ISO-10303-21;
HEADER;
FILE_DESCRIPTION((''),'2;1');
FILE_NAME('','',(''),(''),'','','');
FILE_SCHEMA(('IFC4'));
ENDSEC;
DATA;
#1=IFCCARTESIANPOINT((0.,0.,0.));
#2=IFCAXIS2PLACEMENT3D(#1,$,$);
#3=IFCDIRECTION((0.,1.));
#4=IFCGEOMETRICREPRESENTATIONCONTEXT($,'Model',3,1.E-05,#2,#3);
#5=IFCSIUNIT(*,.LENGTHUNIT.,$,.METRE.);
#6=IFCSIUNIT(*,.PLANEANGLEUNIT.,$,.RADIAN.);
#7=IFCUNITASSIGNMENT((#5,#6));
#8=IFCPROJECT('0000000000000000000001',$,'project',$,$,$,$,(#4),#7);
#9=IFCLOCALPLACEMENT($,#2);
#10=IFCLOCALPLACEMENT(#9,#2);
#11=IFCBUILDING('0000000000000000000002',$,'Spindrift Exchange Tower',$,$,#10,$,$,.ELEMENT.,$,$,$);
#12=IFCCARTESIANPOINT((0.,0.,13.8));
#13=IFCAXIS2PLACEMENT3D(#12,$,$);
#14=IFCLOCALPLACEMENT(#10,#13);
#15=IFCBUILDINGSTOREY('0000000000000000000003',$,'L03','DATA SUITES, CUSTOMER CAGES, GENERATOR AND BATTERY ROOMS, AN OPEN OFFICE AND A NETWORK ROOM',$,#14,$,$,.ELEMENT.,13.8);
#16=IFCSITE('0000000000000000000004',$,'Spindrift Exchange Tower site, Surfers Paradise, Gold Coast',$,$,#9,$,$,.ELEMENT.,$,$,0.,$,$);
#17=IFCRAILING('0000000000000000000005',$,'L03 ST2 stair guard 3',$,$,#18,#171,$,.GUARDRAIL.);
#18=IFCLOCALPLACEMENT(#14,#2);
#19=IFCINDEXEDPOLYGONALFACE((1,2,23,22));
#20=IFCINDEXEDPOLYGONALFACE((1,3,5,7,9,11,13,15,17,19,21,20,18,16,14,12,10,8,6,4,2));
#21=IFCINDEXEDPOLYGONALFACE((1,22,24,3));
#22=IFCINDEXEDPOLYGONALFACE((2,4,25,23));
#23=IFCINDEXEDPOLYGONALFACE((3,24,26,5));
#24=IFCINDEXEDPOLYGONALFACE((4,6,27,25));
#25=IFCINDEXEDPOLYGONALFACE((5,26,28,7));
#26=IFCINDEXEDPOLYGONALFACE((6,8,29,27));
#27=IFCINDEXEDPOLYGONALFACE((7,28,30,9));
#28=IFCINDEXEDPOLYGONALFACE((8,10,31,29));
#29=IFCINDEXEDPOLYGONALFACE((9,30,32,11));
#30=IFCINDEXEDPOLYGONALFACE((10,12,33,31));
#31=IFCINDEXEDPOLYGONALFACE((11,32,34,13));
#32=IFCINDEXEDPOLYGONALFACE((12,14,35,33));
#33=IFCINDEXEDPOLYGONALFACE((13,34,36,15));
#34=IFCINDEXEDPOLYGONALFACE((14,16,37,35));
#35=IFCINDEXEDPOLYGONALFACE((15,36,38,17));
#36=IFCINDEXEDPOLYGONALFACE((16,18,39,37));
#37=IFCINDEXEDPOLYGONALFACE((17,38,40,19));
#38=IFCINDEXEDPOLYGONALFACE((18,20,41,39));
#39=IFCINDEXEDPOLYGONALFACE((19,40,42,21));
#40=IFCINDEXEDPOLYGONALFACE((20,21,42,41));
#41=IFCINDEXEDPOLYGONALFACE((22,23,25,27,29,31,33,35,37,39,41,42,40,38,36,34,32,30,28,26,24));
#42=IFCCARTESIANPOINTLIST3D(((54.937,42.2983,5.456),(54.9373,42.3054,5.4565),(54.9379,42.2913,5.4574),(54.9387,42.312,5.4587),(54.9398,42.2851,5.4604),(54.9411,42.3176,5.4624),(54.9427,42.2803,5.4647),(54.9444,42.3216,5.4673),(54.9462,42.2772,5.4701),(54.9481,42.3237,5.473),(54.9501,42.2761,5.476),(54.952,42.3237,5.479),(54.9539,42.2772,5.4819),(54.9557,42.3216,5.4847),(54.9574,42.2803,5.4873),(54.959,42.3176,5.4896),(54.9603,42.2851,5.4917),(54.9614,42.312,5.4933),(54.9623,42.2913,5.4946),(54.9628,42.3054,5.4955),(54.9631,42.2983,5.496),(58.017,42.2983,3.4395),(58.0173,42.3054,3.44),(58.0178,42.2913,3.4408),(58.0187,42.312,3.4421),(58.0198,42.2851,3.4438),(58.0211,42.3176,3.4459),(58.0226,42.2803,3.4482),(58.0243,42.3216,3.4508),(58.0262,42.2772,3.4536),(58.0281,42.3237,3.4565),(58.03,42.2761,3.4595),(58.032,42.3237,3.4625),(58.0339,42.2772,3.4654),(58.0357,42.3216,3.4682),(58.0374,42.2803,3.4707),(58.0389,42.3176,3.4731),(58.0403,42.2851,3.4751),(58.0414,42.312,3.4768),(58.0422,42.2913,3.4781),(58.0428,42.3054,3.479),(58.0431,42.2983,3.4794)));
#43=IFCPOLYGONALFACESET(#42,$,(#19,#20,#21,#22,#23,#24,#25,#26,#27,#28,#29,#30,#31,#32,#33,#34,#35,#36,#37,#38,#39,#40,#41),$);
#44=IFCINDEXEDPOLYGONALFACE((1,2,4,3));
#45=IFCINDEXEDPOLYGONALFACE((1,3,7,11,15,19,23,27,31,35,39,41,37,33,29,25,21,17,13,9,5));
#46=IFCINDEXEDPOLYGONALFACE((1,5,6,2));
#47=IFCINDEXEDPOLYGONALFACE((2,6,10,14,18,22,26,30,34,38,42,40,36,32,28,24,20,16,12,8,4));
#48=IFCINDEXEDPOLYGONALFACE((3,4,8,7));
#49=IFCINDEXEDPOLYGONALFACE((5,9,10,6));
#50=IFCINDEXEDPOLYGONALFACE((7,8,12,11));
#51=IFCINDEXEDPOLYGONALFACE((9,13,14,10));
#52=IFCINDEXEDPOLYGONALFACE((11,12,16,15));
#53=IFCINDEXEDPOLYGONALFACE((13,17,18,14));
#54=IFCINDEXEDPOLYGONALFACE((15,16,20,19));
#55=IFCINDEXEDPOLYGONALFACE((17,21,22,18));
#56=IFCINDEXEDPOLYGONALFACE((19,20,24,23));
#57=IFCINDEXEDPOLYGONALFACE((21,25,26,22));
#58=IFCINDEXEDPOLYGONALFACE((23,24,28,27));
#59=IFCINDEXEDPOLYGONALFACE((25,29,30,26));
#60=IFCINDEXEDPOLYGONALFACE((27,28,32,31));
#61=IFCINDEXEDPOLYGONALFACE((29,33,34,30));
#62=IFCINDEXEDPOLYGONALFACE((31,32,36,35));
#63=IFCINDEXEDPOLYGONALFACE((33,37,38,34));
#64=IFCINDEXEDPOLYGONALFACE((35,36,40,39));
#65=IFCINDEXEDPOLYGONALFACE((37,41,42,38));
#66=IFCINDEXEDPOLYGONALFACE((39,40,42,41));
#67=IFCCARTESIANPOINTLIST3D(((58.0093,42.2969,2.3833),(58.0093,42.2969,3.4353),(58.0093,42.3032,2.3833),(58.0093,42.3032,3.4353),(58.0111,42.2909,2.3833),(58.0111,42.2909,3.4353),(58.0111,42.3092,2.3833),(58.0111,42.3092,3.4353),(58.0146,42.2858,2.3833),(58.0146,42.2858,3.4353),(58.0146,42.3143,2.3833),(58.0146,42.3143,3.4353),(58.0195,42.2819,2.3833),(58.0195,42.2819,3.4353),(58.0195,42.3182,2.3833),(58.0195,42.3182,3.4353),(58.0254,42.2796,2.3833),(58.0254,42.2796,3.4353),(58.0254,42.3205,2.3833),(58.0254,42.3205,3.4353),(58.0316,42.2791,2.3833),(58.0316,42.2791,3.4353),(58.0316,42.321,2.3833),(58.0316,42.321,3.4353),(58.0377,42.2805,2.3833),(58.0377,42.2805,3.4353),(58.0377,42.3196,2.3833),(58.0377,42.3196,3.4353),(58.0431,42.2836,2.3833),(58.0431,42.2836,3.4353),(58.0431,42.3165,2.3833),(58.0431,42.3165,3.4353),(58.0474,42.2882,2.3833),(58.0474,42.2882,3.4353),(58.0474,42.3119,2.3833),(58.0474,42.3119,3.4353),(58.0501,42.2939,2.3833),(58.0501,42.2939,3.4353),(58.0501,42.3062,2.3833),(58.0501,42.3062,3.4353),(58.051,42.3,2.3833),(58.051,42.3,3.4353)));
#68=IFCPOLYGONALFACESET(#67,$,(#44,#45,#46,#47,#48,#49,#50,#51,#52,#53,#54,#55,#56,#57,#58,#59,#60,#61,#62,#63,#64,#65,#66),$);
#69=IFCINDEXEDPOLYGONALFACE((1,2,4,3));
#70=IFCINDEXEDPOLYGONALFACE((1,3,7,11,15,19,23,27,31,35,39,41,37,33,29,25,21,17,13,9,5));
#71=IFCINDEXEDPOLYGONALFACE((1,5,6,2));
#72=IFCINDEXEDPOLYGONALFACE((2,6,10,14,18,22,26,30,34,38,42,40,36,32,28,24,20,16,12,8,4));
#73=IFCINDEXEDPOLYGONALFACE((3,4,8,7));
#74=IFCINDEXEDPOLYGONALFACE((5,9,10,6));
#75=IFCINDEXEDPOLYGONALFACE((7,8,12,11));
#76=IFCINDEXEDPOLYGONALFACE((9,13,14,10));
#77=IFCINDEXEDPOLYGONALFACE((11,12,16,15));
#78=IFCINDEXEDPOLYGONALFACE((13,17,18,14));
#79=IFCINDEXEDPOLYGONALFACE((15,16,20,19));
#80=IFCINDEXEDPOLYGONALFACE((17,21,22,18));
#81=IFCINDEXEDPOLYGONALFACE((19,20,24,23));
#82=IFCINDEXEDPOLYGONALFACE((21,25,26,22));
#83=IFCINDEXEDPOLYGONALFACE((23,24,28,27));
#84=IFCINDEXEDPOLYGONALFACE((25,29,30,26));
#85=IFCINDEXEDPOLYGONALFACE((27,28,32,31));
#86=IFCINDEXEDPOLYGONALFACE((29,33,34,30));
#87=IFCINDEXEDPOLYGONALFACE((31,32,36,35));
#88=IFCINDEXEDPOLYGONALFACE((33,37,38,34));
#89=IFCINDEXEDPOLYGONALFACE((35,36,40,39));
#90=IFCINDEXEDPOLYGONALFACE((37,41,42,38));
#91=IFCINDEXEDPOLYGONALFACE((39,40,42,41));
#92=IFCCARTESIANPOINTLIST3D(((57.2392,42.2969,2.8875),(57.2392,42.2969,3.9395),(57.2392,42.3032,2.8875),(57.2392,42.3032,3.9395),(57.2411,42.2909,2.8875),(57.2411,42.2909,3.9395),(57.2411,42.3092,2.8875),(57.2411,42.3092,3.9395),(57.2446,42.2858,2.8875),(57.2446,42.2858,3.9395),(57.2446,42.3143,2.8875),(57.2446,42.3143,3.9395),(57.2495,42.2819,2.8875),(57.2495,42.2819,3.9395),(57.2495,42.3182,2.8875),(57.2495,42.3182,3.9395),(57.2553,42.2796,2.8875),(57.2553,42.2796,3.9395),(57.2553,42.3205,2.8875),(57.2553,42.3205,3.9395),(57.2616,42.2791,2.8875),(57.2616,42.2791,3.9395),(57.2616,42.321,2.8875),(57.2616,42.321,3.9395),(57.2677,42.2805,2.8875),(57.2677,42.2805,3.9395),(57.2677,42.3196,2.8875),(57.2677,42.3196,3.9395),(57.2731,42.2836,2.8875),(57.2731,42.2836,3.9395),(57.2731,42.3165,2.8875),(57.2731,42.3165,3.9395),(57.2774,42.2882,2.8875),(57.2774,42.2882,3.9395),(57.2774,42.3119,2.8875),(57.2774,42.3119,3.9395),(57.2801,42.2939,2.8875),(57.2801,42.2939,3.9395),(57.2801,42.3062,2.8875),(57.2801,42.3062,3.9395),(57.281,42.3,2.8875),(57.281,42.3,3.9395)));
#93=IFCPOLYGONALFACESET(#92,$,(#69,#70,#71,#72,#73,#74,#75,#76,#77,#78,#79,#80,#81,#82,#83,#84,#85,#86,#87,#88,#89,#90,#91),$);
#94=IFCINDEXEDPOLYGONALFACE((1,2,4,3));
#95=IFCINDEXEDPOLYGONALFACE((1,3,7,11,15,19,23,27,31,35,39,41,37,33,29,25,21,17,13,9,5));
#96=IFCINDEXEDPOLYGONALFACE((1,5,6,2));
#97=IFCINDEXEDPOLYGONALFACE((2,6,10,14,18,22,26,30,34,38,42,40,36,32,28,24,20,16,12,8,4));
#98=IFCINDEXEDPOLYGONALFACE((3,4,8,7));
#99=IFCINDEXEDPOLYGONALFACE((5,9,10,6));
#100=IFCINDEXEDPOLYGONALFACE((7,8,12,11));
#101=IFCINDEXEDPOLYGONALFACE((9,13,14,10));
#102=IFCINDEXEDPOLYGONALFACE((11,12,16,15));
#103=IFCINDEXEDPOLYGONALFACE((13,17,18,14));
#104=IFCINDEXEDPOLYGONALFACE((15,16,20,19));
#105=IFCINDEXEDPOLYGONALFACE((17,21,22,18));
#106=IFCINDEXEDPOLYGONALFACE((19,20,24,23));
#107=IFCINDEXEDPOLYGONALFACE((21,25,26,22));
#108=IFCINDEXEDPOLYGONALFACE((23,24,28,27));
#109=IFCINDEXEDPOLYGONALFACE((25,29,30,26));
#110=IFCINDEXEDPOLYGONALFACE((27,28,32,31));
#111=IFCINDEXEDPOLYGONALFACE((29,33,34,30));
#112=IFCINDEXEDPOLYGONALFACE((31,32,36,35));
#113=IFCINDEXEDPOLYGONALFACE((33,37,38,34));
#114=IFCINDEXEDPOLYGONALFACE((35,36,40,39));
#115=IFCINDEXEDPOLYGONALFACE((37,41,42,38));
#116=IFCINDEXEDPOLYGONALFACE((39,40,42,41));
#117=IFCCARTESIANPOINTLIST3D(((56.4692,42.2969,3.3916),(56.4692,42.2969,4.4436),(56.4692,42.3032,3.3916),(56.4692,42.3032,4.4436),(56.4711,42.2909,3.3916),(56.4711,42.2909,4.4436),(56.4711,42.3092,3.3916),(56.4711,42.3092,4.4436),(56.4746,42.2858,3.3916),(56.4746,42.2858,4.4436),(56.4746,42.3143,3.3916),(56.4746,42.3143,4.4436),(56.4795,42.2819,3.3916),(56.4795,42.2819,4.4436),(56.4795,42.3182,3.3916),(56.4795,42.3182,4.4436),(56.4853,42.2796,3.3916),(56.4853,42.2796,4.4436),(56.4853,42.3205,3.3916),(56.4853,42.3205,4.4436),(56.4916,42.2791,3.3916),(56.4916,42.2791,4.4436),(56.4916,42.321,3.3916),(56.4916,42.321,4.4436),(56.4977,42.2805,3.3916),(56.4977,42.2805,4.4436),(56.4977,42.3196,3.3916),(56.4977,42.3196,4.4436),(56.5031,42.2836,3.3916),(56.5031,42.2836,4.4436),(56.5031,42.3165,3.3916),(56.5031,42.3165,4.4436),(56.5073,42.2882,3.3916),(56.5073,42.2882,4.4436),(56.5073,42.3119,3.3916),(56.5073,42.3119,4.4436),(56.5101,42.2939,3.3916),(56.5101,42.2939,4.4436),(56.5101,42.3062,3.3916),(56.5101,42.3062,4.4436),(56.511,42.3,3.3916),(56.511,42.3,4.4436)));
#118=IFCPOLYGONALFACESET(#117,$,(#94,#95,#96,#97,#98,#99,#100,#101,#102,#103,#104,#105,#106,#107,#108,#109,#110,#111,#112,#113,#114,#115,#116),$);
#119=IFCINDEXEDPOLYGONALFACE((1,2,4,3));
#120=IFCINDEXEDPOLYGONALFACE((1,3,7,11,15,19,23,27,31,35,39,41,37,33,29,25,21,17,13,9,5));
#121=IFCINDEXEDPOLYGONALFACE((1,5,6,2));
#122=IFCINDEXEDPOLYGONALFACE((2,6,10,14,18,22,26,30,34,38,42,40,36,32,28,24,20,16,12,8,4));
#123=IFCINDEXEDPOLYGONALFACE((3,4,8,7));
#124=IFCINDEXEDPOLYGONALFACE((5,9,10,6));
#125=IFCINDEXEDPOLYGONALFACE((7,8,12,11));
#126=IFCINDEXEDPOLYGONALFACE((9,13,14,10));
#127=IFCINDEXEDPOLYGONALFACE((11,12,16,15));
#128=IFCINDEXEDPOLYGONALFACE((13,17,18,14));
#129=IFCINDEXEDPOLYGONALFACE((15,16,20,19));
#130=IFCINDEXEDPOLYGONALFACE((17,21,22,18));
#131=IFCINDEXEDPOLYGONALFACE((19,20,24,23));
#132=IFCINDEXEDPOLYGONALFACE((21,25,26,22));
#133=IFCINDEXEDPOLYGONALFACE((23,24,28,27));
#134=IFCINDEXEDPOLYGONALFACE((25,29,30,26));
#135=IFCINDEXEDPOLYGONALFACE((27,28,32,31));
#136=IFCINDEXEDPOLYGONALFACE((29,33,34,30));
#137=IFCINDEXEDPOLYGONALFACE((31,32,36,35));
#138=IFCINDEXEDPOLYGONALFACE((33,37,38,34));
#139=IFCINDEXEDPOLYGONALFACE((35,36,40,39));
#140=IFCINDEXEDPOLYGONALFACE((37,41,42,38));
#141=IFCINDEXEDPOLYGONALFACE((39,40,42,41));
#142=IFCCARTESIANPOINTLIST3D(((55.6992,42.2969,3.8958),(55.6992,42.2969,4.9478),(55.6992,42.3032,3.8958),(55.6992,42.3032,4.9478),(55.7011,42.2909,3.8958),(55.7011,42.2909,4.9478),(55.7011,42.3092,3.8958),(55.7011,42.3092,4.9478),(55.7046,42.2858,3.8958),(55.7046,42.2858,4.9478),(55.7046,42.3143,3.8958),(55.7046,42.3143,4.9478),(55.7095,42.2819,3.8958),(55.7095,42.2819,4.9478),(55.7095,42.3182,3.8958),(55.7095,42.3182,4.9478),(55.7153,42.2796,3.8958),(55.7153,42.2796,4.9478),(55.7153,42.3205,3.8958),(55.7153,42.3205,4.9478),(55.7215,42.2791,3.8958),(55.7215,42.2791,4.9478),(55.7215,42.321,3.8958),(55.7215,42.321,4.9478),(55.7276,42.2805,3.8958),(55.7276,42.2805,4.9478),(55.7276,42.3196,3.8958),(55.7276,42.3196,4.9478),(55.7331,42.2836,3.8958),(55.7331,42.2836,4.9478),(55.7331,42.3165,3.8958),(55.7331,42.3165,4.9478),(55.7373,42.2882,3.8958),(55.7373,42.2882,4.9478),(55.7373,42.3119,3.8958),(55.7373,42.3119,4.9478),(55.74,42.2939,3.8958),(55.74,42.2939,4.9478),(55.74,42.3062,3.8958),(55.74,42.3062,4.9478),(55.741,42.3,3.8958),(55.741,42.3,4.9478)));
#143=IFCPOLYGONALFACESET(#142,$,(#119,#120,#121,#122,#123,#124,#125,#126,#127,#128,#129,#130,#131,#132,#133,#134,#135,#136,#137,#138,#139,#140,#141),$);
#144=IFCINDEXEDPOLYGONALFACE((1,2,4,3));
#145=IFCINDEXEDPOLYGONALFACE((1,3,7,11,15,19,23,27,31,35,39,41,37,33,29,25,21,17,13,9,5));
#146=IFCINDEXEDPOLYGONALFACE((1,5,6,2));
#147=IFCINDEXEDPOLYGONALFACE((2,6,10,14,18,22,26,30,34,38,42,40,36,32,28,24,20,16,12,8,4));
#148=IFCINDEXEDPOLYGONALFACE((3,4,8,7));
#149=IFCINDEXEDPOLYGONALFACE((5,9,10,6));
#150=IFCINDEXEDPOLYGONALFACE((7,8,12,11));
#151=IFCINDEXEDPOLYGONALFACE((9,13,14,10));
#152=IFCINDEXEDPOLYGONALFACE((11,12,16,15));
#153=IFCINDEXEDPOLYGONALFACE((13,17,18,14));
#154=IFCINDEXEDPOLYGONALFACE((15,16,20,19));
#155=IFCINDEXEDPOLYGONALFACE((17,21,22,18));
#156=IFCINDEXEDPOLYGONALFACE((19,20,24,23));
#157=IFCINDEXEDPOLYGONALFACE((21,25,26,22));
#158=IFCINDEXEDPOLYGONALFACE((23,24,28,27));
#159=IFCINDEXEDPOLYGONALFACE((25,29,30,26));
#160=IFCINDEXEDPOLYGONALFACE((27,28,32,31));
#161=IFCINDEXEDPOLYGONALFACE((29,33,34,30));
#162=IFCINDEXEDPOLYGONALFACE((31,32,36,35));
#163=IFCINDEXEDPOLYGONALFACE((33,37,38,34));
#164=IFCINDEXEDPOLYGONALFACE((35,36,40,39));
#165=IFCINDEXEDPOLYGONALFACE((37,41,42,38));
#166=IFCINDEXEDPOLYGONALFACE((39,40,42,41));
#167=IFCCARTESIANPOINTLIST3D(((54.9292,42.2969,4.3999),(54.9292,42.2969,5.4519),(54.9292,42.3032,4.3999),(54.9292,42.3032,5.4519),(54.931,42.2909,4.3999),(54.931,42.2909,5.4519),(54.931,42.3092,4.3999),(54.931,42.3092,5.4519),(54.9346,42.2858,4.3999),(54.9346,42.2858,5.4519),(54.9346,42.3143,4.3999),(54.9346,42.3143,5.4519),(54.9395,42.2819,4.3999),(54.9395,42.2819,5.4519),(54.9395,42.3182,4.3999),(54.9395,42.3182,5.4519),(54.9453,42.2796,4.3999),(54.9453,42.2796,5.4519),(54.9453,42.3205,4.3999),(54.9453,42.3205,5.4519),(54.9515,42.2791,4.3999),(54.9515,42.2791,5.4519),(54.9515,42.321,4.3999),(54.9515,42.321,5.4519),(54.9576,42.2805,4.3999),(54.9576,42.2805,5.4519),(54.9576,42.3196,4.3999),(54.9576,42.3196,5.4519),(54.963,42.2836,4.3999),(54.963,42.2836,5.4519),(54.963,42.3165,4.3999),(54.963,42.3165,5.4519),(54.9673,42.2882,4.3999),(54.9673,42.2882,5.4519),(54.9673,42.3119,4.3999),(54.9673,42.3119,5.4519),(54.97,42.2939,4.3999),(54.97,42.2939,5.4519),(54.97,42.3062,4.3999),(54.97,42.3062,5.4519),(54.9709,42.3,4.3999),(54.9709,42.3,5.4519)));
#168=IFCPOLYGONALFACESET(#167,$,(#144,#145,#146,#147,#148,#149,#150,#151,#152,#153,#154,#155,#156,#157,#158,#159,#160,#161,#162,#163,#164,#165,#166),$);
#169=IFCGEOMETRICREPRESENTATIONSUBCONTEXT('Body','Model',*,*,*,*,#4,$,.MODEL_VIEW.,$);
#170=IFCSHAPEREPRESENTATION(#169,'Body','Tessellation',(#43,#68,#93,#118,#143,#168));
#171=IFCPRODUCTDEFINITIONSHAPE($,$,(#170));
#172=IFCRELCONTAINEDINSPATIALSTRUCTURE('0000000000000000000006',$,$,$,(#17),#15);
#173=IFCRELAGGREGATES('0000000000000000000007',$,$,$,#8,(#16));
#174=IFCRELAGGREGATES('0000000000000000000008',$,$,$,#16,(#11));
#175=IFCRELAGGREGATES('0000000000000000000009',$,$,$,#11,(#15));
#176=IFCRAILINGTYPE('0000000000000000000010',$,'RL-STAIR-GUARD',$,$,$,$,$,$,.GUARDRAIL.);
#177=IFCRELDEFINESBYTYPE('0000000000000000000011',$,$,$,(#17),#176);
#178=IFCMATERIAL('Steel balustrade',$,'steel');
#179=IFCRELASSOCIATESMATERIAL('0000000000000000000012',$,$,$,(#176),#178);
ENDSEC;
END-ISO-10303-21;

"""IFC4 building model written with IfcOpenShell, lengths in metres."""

from ifc_helpers import new_model, si_unit, direction, frame, origin, origin_2d, place, context, subcontext, project, spatial, circle, extrude, material, type_object, element, save


model = new_model("IFC4")

# Units and contexts
model_context = context("Model", 3, precision=1e-05, world=origin(), true_north=direction((0.0, 1.0)))
body_context = subcontext(model_context, "Body", "Model", "MODEL_VIEW")
ifc_project = project(units=[si_unit("LENGTHUNIT", "METRE"), si_unit("PLANEANGLEUNIT", "RADIAN")], contexts=[model_context])

# Site, building, storey
site_placement = place(None, origin())
site = spatial("IfcSite", under=ifc_project, at=site_placement, Name="Spindrift Exchange Tower site, Surfers Paradise, Gold Coast", CompositionType="ELEMENT", RefElevation=0.0)
building_placement = place(site_placement, origin())
building = spatial("IfcBuilding", under=site, at=building_placement, Name="Spindrift Exchange Tower", CompositionType="ELEMENT")
storey_placement = place(building_placement, frame((0.0, 0.0, 13.8)))
storey = spatial("IfcBuildingStorey", under=building, at=storey_placement, Name="L03", Description="DATA SUITES, CUSTOMER CAGES, GENERATOR AND BATTERY ROOMS, AN OPEN OFFICE AND A NETWORK ROOM", CompositionType="ELEMENT", Elevation=13.8)

# Railing
ifc_material_1 = material(Name="Steel balustrade", Category="steel")
railing_type_1 = type_object("IfcRailingType", Name="RL-STAIR-GUARD", PredefinedType="GUARDRAIL", material=ifc_material_1)
railing_1_placement = place(storey_placement, frame((58.03, 42.3, 2.3833)))
element("IfcRailing", 1, at=railing_1_placement, inside=storey, type_object=railing_type_1, Name="L03 ST2 stair guard 3", PredefinedType="GUARDRAIL", context=body_context, shape_type="SweptSolid", body=[
    extrude(circle(Radius=0.0239, at=origin_2d()), frame((0.0, 0.0, 1.0762), z_axis=(-0.836633, 0.0, 0.547764), x_axis=(0.0, -1.0, 0.0)), (0.0, 0.0, 1.0), 3.6814),
    extrude(circle(Radius=0.021, at=origin_2d()), origin(), (0.0, 0.0, 1.0), 1.052),
    extrude(circle(Radius=0.021, at=origin_2d()), frame((-0.77, 0.0, 0.5042)), (0.0, 0.0, 1.0), 1.052),
    extrude(circle(Radius=0.021, at=origin_2d()), frame((-1.54, 0.0, 1.0083)), (0.0, 0.0, 1.0), 1.052),
    extrude(circle(Radius=0.021, at=origin_2d()), frame((-2.3101, 0.0, 1.5125)), (0.0, 0.0, 1.0), 1.052),
    extrude(circle(Radius=0.021, at=origin_2d()), frame((-3.0801, 0.0, 2.0166)), (0.0, 0.0, 1.0), 1.052),
])

save(model, "model.ifc")
